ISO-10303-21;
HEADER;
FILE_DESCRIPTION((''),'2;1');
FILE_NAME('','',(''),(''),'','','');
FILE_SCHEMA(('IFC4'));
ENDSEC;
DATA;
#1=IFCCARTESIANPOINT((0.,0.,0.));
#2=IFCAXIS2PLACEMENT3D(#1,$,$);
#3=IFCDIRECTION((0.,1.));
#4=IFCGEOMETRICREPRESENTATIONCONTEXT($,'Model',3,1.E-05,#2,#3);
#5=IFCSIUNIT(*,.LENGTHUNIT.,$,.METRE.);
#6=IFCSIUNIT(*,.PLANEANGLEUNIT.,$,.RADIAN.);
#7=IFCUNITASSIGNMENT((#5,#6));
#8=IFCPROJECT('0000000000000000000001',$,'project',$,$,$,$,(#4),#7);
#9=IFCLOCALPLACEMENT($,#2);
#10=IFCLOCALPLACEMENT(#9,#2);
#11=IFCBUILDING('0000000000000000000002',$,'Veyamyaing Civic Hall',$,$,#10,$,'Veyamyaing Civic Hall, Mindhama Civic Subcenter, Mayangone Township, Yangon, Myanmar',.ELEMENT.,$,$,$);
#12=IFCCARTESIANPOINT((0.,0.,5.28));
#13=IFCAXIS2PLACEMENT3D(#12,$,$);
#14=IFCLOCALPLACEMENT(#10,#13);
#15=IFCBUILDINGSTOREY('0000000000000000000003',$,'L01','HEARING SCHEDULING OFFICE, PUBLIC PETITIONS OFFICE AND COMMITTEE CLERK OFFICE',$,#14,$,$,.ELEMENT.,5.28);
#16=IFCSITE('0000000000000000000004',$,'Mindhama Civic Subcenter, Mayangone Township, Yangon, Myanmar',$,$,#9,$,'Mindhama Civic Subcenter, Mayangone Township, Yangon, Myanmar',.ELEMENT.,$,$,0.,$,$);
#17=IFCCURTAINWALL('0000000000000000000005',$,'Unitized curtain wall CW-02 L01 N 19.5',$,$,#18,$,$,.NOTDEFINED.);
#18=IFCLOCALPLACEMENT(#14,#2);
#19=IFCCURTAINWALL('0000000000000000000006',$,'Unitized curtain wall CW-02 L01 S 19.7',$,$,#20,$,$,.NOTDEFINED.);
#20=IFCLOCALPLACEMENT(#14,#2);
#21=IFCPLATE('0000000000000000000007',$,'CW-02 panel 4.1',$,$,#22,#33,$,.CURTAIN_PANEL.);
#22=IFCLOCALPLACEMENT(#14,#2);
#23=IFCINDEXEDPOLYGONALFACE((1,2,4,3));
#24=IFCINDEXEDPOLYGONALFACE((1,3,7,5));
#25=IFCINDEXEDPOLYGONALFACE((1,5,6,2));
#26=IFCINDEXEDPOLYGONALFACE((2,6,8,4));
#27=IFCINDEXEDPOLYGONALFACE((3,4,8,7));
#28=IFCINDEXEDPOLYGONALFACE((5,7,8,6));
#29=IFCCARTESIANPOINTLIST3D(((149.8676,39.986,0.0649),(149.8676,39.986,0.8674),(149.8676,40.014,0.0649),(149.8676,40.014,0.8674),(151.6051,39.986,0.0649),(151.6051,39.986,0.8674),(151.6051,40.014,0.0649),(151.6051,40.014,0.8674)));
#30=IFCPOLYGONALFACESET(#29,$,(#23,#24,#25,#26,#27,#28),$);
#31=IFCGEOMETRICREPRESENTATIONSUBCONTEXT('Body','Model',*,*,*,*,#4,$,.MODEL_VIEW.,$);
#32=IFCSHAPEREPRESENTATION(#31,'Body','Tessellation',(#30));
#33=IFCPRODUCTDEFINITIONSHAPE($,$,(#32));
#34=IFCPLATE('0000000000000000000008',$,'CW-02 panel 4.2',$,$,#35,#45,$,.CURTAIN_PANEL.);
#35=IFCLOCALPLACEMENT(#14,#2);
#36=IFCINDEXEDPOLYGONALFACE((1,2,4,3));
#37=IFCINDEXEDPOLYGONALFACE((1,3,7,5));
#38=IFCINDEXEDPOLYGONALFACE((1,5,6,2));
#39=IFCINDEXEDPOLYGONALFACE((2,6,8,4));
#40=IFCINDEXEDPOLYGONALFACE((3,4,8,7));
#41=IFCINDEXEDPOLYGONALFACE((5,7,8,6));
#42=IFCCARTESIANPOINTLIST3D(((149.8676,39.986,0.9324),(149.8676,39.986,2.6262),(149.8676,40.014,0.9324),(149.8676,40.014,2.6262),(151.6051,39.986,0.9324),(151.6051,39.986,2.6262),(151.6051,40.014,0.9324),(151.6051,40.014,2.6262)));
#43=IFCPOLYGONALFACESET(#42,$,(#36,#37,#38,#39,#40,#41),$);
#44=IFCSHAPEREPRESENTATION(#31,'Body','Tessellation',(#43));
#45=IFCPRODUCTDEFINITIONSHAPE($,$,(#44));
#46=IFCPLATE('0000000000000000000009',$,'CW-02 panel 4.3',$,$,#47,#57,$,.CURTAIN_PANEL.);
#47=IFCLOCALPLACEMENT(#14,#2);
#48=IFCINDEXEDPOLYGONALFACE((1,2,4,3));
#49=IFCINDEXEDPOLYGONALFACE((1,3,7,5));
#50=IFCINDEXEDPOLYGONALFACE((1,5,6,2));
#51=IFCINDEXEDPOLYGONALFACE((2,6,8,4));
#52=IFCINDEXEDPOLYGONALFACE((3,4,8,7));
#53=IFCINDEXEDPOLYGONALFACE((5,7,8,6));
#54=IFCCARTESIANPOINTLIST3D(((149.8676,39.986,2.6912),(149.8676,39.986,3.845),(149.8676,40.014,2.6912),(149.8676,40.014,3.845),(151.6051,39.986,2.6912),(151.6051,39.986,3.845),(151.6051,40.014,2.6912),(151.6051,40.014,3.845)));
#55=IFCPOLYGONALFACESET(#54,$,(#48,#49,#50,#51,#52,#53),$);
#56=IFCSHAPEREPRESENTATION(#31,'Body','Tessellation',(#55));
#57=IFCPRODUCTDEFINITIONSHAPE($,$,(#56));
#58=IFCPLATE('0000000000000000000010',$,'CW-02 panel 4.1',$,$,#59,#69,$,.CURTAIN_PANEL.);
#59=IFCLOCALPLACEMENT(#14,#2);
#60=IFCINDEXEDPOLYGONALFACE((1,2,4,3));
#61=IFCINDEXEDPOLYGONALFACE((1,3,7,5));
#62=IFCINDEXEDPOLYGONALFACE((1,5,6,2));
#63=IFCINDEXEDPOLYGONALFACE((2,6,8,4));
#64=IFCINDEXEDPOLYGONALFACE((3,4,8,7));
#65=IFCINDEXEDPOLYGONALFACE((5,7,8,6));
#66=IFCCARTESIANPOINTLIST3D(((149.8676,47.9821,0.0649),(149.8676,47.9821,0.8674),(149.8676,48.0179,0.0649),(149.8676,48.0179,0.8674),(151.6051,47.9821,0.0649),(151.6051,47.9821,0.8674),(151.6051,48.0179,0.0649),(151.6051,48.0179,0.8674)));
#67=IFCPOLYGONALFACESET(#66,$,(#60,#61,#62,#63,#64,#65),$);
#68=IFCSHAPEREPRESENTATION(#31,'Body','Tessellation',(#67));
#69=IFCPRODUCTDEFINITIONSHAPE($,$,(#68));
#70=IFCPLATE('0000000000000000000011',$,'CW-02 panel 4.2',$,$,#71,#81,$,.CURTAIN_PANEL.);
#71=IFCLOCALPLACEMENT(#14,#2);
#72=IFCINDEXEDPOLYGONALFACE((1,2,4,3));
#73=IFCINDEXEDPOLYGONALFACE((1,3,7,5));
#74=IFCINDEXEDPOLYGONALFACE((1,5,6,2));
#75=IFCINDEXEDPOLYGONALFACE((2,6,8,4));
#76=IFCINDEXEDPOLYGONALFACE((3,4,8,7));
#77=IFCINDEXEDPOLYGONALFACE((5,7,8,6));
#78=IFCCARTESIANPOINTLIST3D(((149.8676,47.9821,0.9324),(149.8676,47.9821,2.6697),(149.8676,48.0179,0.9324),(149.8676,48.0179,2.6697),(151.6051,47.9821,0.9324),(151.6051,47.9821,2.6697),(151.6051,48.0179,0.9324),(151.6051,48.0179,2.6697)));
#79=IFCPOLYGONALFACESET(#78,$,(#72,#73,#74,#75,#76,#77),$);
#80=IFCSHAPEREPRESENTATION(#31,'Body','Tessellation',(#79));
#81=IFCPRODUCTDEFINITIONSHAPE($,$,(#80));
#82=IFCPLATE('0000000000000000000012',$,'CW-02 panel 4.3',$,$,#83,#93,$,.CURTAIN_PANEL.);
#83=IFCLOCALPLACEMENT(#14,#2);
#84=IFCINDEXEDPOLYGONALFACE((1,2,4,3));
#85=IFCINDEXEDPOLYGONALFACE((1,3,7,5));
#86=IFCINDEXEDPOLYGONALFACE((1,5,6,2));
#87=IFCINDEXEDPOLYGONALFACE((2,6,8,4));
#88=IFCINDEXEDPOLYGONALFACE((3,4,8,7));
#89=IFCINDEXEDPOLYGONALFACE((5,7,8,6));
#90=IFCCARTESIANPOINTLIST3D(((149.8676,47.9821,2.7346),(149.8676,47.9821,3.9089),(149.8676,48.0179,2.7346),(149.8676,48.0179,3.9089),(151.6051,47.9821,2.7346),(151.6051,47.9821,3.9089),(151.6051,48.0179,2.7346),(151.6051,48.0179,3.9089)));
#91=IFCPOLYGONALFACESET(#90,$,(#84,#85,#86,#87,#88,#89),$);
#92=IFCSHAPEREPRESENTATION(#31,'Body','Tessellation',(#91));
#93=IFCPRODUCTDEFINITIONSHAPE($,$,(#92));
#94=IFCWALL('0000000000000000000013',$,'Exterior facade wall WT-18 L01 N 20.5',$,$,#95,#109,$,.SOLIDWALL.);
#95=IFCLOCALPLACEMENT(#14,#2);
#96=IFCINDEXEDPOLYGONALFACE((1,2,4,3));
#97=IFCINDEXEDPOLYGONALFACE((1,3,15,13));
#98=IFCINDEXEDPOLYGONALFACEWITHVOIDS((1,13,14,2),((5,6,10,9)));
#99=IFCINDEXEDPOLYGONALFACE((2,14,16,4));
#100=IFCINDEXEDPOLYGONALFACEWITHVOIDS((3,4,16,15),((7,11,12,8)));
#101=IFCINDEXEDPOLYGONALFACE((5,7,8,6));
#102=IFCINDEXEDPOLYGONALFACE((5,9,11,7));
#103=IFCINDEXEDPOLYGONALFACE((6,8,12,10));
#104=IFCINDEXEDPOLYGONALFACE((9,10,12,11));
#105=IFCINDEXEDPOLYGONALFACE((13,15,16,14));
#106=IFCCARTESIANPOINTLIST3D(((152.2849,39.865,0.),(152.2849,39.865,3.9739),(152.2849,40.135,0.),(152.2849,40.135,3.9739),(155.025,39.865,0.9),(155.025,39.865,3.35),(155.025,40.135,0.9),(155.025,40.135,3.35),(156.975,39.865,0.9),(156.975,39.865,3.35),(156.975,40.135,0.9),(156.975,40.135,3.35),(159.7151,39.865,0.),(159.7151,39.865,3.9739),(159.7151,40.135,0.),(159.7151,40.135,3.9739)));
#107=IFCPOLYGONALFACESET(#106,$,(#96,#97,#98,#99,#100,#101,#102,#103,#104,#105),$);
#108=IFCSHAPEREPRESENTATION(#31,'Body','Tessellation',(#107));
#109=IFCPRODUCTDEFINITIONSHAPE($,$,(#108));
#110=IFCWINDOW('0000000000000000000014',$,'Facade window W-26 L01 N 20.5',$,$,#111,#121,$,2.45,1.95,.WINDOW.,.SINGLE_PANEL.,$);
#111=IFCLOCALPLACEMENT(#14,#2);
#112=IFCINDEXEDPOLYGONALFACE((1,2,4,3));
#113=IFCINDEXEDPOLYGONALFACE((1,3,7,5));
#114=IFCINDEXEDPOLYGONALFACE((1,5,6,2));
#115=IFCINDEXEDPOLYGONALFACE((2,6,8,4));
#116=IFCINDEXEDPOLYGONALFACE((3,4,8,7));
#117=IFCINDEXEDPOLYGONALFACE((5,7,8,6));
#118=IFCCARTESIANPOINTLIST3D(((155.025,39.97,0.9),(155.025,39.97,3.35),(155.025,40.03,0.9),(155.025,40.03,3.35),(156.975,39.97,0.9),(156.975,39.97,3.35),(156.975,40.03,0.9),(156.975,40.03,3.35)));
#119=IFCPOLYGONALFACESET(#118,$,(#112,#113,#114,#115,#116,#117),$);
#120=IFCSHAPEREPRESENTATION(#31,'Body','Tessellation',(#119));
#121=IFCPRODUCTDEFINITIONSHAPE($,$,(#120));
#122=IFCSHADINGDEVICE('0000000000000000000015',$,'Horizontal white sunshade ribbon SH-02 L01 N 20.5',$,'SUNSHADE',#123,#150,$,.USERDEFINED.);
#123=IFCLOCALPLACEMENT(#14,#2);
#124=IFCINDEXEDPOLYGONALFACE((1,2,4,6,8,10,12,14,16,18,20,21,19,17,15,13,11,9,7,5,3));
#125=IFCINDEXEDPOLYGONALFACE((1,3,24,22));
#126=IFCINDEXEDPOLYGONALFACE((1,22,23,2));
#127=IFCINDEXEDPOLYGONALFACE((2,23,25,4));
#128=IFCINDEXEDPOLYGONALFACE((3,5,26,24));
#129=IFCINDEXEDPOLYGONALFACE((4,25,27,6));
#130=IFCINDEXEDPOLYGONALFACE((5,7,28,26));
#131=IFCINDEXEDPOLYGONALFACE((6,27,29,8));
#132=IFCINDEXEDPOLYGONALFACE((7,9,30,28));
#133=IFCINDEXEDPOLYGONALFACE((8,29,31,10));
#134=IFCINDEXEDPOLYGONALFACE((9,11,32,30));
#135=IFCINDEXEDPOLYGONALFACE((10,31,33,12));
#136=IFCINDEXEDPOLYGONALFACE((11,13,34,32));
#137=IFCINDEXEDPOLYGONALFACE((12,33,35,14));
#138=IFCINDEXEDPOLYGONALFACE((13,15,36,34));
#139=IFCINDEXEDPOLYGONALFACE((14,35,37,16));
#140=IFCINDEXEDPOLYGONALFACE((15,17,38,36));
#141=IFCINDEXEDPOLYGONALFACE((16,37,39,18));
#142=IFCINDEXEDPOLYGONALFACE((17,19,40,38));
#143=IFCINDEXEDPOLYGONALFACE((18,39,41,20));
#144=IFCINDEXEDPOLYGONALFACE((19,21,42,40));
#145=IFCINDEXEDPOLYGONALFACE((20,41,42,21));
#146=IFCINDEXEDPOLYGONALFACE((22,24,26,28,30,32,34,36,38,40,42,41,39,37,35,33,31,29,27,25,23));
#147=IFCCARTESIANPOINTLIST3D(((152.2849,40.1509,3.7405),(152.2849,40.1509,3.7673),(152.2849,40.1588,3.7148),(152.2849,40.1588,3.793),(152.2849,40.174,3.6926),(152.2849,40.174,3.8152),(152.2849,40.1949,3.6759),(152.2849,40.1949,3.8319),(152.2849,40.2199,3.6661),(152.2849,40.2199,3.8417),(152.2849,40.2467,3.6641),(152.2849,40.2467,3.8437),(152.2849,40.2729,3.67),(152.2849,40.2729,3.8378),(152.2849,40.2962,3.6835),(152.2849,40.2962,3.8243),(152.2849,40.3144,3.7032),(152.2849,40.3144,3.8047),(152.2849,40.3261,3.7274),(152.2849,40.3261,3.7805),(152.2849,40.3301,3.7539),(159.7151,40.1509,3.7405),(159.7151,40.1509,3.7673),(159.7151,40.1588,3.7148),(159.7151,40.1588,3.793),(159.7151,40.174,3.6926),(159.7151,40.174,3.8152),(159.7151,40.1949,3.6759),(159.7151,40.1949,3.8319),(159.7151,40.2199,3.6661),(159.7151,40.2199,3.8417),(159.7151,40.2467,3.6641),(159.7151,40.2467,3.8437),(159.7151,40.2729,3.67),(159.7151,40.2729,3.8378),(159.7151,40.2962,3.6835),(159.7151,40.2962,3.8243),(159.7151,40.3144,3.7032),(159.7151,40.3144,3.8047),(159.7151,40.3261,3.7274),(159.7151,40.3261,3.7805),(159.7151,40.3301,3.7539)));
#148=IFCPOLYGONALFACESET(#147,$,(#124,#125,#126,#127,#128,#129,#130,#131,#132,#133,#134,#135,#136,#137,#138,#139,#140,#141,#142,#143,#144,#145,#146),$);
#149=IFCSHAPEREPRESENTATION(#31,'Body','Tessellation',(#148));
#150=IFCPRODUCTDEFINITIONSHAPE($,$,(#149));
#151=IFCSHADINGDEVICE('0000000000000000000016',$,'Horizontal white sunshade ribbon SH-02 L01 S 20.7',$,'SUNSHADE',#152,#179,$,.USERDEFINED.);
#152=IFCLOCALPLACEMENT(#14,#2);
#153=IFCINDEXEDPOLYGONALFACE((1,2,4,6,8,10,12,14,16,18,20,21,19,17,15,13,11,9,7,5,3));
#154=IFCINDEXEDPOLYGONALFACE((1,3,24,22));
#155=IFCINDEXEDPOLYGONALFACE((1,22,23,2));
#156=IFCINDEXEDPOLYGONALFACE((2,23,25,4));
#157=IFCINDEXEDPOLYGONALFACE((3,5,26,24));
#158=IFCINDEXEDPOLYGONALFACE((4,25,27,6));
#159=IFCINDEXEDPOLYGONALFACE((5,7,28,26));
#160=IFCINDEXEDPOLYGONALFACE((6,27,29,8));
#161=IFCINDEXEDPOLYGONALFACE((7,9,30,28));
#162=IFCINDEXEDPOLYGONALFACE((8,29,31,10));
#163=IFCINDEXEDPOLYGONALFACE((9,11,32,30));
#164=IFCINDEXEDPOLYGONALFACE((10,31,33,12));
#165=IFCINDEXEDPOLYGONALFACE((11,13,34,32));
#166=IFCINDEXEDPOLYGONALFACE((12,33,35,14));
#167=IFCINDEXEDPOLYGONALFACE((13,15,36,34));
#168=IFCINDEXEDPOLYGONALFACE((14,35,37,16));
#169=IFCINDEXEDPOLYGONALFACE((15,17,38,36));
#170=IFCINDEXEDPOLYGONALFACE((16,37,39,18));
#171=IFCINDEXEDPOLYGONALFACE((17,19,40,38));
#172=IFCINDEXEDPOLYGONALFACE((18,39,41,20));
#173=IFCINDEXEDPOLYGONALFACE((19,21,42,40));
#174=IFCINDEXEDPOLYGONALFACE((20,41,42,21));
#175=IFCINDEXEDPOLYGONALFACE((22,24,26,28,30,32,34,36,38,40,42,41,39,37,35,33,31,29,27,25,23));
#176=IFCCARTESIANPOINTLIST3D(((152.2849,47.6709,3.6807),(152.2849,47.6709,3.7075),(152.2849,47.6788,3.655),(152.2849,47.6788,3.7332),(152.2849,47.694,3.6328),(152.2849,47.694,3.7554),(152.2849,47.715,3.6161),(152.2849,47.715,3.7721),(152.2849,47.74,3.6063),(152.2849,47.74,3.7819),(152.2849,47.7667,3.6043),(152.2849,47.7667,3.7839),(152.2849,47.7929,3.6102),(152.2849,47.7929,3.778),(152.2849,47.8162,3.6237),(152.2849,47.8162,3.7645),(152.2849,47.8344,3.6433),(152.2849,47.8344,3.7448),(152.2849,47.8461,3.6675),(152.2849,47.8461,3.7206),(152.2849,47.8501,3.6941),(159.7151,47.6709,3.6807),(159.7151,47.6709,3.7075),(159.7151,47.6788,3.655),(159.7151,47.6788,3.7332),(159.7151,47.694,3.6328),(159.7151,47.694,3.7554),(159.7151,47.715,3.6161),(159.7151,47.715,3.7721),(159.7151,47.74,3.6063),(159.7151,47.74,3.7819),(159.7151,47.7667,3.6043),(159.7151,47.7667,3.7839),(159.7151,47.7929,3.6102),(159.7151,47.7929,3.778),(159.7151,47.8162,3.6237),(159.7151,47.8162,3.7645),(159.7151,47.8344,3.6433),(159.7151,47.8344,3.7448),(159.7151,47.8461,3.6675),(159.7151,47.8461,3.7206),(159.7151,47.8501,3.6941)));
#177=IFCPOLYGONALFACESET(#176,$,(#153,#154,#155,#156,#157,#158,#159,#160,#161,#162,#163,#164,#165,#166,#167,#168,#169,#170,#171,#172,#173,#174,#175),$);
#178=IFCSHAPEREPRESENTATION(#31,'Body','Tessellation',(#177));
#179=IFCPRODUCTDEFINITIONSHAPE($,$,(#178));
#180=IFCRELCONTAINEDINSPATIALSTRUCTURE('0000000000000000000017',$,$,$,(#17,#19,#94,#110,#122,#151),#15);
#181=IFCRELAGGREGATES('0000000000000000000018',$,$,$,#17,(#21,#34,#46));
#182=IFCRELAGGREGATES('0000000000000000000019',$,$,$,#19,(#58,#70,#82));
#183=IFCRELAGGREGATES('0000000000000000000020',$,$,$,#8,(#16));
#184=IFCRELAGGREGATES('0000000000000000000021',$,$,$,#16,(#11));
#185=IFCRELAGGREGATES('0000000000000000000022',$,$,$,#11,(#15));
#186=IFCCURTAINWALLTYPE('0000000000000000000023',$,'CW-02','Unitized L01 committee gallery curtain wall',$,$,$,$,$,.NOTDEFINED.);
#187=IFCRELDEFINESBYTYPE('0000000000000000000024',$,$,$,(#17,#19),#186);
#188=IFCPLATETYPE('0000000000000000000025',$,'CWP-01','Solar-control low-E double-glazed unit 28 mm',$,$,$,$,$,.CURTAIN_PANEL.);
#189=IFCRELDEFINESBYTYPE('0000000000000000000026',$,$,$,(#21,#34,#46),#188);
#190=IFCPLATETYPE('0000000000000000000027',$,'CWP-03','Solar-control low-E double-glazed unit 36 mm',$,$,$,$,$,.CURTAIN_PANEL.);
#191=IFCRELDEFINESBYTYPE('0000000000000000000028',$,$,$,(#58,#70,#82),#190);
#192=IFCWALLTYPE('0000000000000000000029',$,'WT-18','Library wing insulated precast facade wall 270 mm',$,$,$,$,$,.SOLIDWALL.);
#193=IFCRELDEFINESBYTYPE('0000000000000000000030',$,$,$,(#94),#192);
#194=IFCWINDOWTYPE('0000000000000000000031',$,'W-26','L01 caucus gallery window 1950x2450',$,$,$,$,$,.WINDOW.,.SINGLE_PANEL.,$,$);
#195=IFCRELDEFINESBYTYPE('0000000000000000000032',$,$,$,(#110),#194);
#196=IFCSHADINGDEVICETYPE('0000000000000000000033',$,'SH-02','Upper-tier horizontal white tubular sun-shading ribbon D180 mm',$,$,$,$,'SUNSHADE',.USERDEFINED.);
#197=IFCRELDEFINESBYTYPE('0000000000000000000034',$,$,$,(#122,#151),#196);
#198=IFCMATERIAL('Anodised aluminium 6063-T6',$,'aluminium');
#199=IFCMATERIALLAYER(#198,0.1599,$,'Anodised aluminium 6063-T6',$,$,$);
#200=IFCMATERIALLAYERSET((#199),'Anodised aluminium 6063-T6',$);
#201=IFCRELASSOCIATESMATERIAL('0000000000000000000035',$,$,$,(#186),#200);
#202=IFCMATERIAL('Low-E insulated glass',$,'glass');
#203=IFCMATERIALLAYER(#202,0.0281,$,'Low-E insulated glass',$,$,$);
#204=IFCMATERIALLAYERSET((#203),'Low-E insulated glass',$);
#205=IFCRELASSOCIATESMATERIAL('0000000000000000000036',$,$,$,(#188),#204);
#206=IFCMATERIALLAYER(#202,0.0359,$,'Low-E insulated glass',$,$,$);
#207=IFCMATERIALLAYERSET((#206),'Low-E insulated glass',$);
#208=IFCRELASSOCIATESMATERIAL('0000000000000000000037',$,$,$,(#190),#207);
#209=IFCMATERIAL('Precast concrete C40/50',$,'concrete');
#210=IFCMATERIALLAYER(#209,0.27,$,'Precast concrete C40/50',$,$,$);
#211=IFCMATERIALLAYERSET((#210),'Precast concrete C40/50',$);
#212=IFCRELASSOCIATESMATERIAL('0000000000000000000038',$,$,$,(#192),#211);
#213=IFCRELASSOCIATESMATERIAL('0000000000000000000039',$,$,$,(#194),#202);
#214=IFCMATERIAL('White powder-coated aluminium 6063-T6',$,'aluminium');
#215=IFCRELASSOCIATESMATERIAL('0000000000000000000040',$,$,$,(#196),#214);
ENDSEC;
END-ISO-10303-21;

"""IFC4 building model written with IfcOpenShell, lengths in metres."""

from ifc_helpers import new_model, si_unit, direction, frame, frame_2d, origin, origin_2d, place, context, subcontext, project, spatial, rectangle, circle, extrude, material, layer, layer_set, material_profile, profile_set, type_object, element, fill, aggregate, save


model = new_model("IFC4")

# Units and contexts
model_context = context("Model", 3, precision=1e-05, world=origin(), true_north=direction((0.0, 1.0)))
body_context = subcontext(model_context, "Body", "Model", "MODEL_VIEW")
ifc_project = project(units=[si_unit("LENGTHUNIT", "METRE"), si_unit("PLANEANGLEUNIT", "RADIAN")], contexts=[model_context])

# Site, building, storey
site_placement = place(None, origin())
site = spatial("IfcSite", under=ifc_project, at=site_placement, Name="Mindhama Civic Subcenter, Mayangone Township, Yangon, Myanmar", LongName="Mindhama Civic Subcenter, Mayangone Township, Yangon, Myanmar", CompositionType="ELEMENT", RefElevation=0.0)
building_placement = place(site_placement, origin())
building = spatial("IfcBuilding", under=site, at=building_placement, Name="Veyamyaing Civic Hall", LongName="Veyamyaing Civic Hall, Mindhama Civic Subcenter, Mayangone Township, Yangon, Myanmar", CompositionType="ELEMENT")
storey_placement = place(building_placement, frame((0.0, 0.0, 5.28)))
storey = spatial("IfcBuildingStorey", under=building, at=storey_placement, Name="L01", Description="HEARING SCHEDULING OFFICE, PUBLIC PETITIONS OFFICE AND COMMITTEE CLERK OFFICE", CompositionType="ELEMENT", Elevation=5.28)

# Curtain walls
ifc_material_1 = material(Name="Anodised aluminium 6063-T6", Category="aluminium")
ifc_layer_1 = layer(ifc_material_1, 0.1599, Name="Anodised aluminium 6063-T6")
ifc_layer_set_1 = layer_set([ifc_layer_1], Name="Anodised aluminium 6063-T6")
curtain_wall_type = type_object("IfcCurtainWallType", Name="CW-02", Description="Unitized L01 committee gallery curtain wall", PredefinedType="NOTDEFINED", material=ifc_layer_set_1)
curtain_wall_1_placement = place(storey_placement, origin())
curtain_wall_1 = element("IfcCurtainWall", 1, at=curtain_wall_1_placement, inside=storey, type_object=curtain_wall_type, Name="Unitized curtain wall CW-02 L01 N 19.5", PredefinedType="NOTDEFINED")
curtain_wall_2_placement = place(storey_placement, origin())
curtain_wall_2 = element("IfcCurtainWall", 2, at=curtain_wall_2_placement, inside=storey, type_object=curtain_wall_type, Name="Unitized curtain wall CW-02 L01 S 19.7", PredefinedType="NOTDEFINED")

# Plates
ifc_material_2 = material(Name="Low-E insulated glass", Category="glass")
ifc_layer_2 = layer(ifc_material_2, 0.0281, Name="Low-E insulated glass")
ifc_layer_set_2 = layer_set([ifc_layer_2], Name="Low-E insulated glass")
plate_type_1 = type_object("IfcPlateType", Name="CWP-01", Description="Solar-control low-E double-glazed unit 28 mm", PredefinedType="CURTAIN_PANEL", material=ifc_layer_set_2)
plate_1_placement = place(storey_placement, frame((150.7363, 40.0, 0.0649), z_axis=(0.0, 0.0, 1.0), x_axis=(1.0, 0.0, 0.0)))
plate_1 = element("IfcPlate", 3, at=plate_1_placement, type_object=plate_type_1, Name="CW-02 panel 4.1", PredefinedType="CURTAIN_PANEL", context=body_context, shape_type="SweptSolid", body=[
    extrude(rectangle(XDim=1.7375, YDim=0.0281, at=origin_2d()), origin(), (0.0, 0.0, 1.0), 0.8025),
])
plate_2_placement = place(storey_placement, frame((150.7363, 40.0, 0.9324), z_axis=(0.0, 0.0, 1.0), x_axis=(1.0, 0.0, 0.0)))
plate_2 = element("IfcPlate", 4, at=plate_2_placement, type_object=plate_type_1, Name="CW-02 panel 4.2", PredefinedType="CURTAIN_PANEL", context=body_context, shape_type="SweptSolid", body=[
    extrude(rectangle(XDim=1.7375, YDim=0.0281, at=origin_2d()), origin(), (0.0, 0.0, 1.0), 1.6938),
])
plate_3_placement = place(storey_placement, frame((150.7363, 40.0, 2.6912), z_axis=(0.0, 0.0, 1.0), x_axis=(1.0, 0.0, 0.0)))
plate_3 = element("IfcPlate", 5, at=plate_3_placement, type_object=plate_type_1, Name="CW-02 panel 4.3", PredefinedType="CURTAIN_PANEL", context=body_context, shape_type="SweptSolid", body=[
    extrude(rectangle(XDim=1.7375, YDim=0.0281, at=origin_2d()), origin(), (0.0, 0.0, 1.0), 1.1538),
])
aggregate(curtain_wall_1, [plate_1, plate_2, plate_3])
ifc_layer_3 = layer(ifc_material_2, 0.0359, Name="Low-E insulated glass")
ifc_layer_set_3 = layer_set([ifc_layer_3], Name="Low-E insulated glass")
plate_type_2 = type_object("IfcPlateType", Name="CWP-03", Description="Solar-control low-E double-glazed unit 36 mm", PredefinedType="CURTAIN_PANEL", material=ifc_layer_set_3)
plate_4_placement = place(storey_placement, frame((150.7363, 48.0, 0.0649), z_axis=(0.0, 0.0, 1.0), x_axis=(1.0, 0.0, 0.0)))
plate_4 = element("IfcPlate", 6, at=plate_4_placement, type_object=plate_type_2, Name="CW-02 panel 4.1", PredefinedType="CURTAIN_PANEL", context=body_context, shape_type="SweptSolid", body=[
    extrude(rectangle(XDim=1.7375, YDim=0.0359, at=origin_2d()), origin(), (0.0, 0.0, 1.0), 0.8025),
])
plate_5_placement = place(storey_placement, frame((150.7363, 48.0, 0.9324), z_axis=(0.0, 0.0, 1.0), x_axis=(1.0, 0.0, 0.0)))
plate_5 = element("IfcPlate", 7, at=plate_5_placement, type_object=plate_type_2, Name="CW-02 panel 4.2", PredefinedType="CURTAIN_PANEL", context=body_context, shape_type="SweptSolid", body=[
    extrude(rectangle(XDim=1.7375, YDim=0.0359, at=origin_2d()), origin(), (0.0, 0.0, 1.0), 1.7373),
])
plate_6_placement = place(storey_placement, frame((150.7363, 48.0, 2.7346), z_axis=(0.0, 0.0, 1.0), x_axis=(1.0, 0.0, 0.0)))
plate_6 = element("IfcPlate", 8, at=plate_6_placement, type_object=plate_type_2, Name="CW-02 panel 4.3", PredefinedType="CURTAIN_PANEL", context=body_context, shape_type="SweptSolid", body=[
    extrude(rectangle(XDim=1.7375, YDim=0.0359, at=origin_2d()), origin(), (0.0, 0.0, 1.0), 1.1743),
])
aggregate(curtain_wall_2, [plate_4, plate_5, plate_6])

# Wall, opening, window
ifc_material_3 = material(Name="Precast concrete C40/50", Category="concrete")
ifc_layer_4 = layer(ifc_material_3, 0.27, Name="Precast concrete C40/50")
ifc_layer_set_4 = layer_set([ifc_layer_4], Name="Precast concrete C40/50")
wall_type = type_object("IfcWallType", Name="WT-18", Description="Library wing insulated precast facade wall 270 mm", PredefinedType="SOLIDWALL", material=ifc_layer_set_4)
wall_placement = place(storey_placement, frame((152.2849, 40.0, 0.0), z_axis=(0.0, 0.0, 1.0), x_axis=(1.0, 0.0, 0.0)))
wall = element("IfcWall", 9, at=wall_placement, inside=storey, type_object=wall_type, Name="Exterior facade wall WT-18 L01 N 20.5", PredefinedType="SOLIDWALL", context=body_context, shape_type="SweptSolid", body=[
    extrude(rectangle(XDim=7.4302, YDim=0.27, at=frame_2d((3.7151, 0.0))), origin(), (0.0, 0.0, 1.0), 3.9739),
])
opening_placement = place(wall_placement, frame((2.74, 0.0, 0.8999)))
opening = element("IfcOpeningElement", 10, at=opening_placement, cuts=wall, PredefinedType="OPENING", context=body_context, shape_type="SweptSolid", body=[
    extrude(rectangle(XDim=1.95, YDim=2.45, at=frame_2d((0.9751, 1.2251))), frame((0.0, 0.145, 0.0), z_axis=(0.0, -1.0, 0.0), x_axis=(1.0, 0.0, 0.0)), (0.0, 0.0, 1.0), 0.29),
])
window_type = type_object("IfcWindowType", Name="W-26", Description="L01 caucus gallery window 1950x2450", PartitioningType="SINGLE_PANEL", PredefinedType="WINDOW", material=ifc_material_2)
window_placement = place(opening_placement, origin())
window = element("IfcWindow", 11, at=window_placement, inside=storey, type_object=window_type, Name="Facade window W-26 L01 N 20.5", OverallHeight=2.45, OverallWidth=1.95, PartitioningType="SINGLE_PANEL", PredefinedType="WINDOW", context=body_context, shape_type="SweptSolid", body=[
    extrude(rectangle(XDim=1.95, YDim=2.45, at=frame_2d((0.9751, 1.2251))), frame((0.0, 0.03, 0.0), z_axis=(0.0, -1.0, 0.0), x_axis=(1.0, 0.0, 0.0)), (0.0, 0.0, 1.0), 0.0601),
])
fill(opening, window)

# Shading devices
ifc_material_4 = material(Name="White powder-coated aluminium 6063-T6", Category="aluminium")
ifc_material_profile_1 = material_profile(ifc_material_4, circle(Radius=0.0901, at=origin_2d()), Name="SHADE-TUBE-180")
ifc_profile_set_1 = profile_set([ifc_material_profile_1], Name="White powder-coated aluminium 6063-T6")
shading_device_type = type_object("IfcShadingDeviceType", Name="SH-02", Description="Upper-tier horizontal white tubular sun-shading ribbon D180 mm", ElementType="SUNSHADE", PredefinedType="USERDEFINED", material=ifc_profile_set_1)
for number, where, z_axis, x_axis, name in (
    (12, (152.2849, 40.24, 3.7539), (1.0, 0.0, 0.0), (0.0, 1.0, 0.0), "Horizontal white sunshade ribbon SH-02 L01 N 20.5"),
    (13, (152.2849, 47.76, 3.6941), (1.0, 0.0, 0.0), (0.0, 1.0, 0.0), "Horizontal white sunshade ribbon SH-02 L01 S 20.7"),
):
    element("IfcShadingDevice", number, at=place(storey_placement, frame(where, z_axis=z_axis, x_axis=x_axis)), inside=storey, type_object=shading_device_type, Name=name, ObjectType="SUNSHADE", PredefinedType="USERDEFINED", context=body_context, shape_type="SweptSolid", body=[
        extrude(circle(Radius=0.0901, at=origin_2d()), origin(), (0.0, 0.0, 1.0), 7.4302),
    ])

save(model, "model.ifc")
